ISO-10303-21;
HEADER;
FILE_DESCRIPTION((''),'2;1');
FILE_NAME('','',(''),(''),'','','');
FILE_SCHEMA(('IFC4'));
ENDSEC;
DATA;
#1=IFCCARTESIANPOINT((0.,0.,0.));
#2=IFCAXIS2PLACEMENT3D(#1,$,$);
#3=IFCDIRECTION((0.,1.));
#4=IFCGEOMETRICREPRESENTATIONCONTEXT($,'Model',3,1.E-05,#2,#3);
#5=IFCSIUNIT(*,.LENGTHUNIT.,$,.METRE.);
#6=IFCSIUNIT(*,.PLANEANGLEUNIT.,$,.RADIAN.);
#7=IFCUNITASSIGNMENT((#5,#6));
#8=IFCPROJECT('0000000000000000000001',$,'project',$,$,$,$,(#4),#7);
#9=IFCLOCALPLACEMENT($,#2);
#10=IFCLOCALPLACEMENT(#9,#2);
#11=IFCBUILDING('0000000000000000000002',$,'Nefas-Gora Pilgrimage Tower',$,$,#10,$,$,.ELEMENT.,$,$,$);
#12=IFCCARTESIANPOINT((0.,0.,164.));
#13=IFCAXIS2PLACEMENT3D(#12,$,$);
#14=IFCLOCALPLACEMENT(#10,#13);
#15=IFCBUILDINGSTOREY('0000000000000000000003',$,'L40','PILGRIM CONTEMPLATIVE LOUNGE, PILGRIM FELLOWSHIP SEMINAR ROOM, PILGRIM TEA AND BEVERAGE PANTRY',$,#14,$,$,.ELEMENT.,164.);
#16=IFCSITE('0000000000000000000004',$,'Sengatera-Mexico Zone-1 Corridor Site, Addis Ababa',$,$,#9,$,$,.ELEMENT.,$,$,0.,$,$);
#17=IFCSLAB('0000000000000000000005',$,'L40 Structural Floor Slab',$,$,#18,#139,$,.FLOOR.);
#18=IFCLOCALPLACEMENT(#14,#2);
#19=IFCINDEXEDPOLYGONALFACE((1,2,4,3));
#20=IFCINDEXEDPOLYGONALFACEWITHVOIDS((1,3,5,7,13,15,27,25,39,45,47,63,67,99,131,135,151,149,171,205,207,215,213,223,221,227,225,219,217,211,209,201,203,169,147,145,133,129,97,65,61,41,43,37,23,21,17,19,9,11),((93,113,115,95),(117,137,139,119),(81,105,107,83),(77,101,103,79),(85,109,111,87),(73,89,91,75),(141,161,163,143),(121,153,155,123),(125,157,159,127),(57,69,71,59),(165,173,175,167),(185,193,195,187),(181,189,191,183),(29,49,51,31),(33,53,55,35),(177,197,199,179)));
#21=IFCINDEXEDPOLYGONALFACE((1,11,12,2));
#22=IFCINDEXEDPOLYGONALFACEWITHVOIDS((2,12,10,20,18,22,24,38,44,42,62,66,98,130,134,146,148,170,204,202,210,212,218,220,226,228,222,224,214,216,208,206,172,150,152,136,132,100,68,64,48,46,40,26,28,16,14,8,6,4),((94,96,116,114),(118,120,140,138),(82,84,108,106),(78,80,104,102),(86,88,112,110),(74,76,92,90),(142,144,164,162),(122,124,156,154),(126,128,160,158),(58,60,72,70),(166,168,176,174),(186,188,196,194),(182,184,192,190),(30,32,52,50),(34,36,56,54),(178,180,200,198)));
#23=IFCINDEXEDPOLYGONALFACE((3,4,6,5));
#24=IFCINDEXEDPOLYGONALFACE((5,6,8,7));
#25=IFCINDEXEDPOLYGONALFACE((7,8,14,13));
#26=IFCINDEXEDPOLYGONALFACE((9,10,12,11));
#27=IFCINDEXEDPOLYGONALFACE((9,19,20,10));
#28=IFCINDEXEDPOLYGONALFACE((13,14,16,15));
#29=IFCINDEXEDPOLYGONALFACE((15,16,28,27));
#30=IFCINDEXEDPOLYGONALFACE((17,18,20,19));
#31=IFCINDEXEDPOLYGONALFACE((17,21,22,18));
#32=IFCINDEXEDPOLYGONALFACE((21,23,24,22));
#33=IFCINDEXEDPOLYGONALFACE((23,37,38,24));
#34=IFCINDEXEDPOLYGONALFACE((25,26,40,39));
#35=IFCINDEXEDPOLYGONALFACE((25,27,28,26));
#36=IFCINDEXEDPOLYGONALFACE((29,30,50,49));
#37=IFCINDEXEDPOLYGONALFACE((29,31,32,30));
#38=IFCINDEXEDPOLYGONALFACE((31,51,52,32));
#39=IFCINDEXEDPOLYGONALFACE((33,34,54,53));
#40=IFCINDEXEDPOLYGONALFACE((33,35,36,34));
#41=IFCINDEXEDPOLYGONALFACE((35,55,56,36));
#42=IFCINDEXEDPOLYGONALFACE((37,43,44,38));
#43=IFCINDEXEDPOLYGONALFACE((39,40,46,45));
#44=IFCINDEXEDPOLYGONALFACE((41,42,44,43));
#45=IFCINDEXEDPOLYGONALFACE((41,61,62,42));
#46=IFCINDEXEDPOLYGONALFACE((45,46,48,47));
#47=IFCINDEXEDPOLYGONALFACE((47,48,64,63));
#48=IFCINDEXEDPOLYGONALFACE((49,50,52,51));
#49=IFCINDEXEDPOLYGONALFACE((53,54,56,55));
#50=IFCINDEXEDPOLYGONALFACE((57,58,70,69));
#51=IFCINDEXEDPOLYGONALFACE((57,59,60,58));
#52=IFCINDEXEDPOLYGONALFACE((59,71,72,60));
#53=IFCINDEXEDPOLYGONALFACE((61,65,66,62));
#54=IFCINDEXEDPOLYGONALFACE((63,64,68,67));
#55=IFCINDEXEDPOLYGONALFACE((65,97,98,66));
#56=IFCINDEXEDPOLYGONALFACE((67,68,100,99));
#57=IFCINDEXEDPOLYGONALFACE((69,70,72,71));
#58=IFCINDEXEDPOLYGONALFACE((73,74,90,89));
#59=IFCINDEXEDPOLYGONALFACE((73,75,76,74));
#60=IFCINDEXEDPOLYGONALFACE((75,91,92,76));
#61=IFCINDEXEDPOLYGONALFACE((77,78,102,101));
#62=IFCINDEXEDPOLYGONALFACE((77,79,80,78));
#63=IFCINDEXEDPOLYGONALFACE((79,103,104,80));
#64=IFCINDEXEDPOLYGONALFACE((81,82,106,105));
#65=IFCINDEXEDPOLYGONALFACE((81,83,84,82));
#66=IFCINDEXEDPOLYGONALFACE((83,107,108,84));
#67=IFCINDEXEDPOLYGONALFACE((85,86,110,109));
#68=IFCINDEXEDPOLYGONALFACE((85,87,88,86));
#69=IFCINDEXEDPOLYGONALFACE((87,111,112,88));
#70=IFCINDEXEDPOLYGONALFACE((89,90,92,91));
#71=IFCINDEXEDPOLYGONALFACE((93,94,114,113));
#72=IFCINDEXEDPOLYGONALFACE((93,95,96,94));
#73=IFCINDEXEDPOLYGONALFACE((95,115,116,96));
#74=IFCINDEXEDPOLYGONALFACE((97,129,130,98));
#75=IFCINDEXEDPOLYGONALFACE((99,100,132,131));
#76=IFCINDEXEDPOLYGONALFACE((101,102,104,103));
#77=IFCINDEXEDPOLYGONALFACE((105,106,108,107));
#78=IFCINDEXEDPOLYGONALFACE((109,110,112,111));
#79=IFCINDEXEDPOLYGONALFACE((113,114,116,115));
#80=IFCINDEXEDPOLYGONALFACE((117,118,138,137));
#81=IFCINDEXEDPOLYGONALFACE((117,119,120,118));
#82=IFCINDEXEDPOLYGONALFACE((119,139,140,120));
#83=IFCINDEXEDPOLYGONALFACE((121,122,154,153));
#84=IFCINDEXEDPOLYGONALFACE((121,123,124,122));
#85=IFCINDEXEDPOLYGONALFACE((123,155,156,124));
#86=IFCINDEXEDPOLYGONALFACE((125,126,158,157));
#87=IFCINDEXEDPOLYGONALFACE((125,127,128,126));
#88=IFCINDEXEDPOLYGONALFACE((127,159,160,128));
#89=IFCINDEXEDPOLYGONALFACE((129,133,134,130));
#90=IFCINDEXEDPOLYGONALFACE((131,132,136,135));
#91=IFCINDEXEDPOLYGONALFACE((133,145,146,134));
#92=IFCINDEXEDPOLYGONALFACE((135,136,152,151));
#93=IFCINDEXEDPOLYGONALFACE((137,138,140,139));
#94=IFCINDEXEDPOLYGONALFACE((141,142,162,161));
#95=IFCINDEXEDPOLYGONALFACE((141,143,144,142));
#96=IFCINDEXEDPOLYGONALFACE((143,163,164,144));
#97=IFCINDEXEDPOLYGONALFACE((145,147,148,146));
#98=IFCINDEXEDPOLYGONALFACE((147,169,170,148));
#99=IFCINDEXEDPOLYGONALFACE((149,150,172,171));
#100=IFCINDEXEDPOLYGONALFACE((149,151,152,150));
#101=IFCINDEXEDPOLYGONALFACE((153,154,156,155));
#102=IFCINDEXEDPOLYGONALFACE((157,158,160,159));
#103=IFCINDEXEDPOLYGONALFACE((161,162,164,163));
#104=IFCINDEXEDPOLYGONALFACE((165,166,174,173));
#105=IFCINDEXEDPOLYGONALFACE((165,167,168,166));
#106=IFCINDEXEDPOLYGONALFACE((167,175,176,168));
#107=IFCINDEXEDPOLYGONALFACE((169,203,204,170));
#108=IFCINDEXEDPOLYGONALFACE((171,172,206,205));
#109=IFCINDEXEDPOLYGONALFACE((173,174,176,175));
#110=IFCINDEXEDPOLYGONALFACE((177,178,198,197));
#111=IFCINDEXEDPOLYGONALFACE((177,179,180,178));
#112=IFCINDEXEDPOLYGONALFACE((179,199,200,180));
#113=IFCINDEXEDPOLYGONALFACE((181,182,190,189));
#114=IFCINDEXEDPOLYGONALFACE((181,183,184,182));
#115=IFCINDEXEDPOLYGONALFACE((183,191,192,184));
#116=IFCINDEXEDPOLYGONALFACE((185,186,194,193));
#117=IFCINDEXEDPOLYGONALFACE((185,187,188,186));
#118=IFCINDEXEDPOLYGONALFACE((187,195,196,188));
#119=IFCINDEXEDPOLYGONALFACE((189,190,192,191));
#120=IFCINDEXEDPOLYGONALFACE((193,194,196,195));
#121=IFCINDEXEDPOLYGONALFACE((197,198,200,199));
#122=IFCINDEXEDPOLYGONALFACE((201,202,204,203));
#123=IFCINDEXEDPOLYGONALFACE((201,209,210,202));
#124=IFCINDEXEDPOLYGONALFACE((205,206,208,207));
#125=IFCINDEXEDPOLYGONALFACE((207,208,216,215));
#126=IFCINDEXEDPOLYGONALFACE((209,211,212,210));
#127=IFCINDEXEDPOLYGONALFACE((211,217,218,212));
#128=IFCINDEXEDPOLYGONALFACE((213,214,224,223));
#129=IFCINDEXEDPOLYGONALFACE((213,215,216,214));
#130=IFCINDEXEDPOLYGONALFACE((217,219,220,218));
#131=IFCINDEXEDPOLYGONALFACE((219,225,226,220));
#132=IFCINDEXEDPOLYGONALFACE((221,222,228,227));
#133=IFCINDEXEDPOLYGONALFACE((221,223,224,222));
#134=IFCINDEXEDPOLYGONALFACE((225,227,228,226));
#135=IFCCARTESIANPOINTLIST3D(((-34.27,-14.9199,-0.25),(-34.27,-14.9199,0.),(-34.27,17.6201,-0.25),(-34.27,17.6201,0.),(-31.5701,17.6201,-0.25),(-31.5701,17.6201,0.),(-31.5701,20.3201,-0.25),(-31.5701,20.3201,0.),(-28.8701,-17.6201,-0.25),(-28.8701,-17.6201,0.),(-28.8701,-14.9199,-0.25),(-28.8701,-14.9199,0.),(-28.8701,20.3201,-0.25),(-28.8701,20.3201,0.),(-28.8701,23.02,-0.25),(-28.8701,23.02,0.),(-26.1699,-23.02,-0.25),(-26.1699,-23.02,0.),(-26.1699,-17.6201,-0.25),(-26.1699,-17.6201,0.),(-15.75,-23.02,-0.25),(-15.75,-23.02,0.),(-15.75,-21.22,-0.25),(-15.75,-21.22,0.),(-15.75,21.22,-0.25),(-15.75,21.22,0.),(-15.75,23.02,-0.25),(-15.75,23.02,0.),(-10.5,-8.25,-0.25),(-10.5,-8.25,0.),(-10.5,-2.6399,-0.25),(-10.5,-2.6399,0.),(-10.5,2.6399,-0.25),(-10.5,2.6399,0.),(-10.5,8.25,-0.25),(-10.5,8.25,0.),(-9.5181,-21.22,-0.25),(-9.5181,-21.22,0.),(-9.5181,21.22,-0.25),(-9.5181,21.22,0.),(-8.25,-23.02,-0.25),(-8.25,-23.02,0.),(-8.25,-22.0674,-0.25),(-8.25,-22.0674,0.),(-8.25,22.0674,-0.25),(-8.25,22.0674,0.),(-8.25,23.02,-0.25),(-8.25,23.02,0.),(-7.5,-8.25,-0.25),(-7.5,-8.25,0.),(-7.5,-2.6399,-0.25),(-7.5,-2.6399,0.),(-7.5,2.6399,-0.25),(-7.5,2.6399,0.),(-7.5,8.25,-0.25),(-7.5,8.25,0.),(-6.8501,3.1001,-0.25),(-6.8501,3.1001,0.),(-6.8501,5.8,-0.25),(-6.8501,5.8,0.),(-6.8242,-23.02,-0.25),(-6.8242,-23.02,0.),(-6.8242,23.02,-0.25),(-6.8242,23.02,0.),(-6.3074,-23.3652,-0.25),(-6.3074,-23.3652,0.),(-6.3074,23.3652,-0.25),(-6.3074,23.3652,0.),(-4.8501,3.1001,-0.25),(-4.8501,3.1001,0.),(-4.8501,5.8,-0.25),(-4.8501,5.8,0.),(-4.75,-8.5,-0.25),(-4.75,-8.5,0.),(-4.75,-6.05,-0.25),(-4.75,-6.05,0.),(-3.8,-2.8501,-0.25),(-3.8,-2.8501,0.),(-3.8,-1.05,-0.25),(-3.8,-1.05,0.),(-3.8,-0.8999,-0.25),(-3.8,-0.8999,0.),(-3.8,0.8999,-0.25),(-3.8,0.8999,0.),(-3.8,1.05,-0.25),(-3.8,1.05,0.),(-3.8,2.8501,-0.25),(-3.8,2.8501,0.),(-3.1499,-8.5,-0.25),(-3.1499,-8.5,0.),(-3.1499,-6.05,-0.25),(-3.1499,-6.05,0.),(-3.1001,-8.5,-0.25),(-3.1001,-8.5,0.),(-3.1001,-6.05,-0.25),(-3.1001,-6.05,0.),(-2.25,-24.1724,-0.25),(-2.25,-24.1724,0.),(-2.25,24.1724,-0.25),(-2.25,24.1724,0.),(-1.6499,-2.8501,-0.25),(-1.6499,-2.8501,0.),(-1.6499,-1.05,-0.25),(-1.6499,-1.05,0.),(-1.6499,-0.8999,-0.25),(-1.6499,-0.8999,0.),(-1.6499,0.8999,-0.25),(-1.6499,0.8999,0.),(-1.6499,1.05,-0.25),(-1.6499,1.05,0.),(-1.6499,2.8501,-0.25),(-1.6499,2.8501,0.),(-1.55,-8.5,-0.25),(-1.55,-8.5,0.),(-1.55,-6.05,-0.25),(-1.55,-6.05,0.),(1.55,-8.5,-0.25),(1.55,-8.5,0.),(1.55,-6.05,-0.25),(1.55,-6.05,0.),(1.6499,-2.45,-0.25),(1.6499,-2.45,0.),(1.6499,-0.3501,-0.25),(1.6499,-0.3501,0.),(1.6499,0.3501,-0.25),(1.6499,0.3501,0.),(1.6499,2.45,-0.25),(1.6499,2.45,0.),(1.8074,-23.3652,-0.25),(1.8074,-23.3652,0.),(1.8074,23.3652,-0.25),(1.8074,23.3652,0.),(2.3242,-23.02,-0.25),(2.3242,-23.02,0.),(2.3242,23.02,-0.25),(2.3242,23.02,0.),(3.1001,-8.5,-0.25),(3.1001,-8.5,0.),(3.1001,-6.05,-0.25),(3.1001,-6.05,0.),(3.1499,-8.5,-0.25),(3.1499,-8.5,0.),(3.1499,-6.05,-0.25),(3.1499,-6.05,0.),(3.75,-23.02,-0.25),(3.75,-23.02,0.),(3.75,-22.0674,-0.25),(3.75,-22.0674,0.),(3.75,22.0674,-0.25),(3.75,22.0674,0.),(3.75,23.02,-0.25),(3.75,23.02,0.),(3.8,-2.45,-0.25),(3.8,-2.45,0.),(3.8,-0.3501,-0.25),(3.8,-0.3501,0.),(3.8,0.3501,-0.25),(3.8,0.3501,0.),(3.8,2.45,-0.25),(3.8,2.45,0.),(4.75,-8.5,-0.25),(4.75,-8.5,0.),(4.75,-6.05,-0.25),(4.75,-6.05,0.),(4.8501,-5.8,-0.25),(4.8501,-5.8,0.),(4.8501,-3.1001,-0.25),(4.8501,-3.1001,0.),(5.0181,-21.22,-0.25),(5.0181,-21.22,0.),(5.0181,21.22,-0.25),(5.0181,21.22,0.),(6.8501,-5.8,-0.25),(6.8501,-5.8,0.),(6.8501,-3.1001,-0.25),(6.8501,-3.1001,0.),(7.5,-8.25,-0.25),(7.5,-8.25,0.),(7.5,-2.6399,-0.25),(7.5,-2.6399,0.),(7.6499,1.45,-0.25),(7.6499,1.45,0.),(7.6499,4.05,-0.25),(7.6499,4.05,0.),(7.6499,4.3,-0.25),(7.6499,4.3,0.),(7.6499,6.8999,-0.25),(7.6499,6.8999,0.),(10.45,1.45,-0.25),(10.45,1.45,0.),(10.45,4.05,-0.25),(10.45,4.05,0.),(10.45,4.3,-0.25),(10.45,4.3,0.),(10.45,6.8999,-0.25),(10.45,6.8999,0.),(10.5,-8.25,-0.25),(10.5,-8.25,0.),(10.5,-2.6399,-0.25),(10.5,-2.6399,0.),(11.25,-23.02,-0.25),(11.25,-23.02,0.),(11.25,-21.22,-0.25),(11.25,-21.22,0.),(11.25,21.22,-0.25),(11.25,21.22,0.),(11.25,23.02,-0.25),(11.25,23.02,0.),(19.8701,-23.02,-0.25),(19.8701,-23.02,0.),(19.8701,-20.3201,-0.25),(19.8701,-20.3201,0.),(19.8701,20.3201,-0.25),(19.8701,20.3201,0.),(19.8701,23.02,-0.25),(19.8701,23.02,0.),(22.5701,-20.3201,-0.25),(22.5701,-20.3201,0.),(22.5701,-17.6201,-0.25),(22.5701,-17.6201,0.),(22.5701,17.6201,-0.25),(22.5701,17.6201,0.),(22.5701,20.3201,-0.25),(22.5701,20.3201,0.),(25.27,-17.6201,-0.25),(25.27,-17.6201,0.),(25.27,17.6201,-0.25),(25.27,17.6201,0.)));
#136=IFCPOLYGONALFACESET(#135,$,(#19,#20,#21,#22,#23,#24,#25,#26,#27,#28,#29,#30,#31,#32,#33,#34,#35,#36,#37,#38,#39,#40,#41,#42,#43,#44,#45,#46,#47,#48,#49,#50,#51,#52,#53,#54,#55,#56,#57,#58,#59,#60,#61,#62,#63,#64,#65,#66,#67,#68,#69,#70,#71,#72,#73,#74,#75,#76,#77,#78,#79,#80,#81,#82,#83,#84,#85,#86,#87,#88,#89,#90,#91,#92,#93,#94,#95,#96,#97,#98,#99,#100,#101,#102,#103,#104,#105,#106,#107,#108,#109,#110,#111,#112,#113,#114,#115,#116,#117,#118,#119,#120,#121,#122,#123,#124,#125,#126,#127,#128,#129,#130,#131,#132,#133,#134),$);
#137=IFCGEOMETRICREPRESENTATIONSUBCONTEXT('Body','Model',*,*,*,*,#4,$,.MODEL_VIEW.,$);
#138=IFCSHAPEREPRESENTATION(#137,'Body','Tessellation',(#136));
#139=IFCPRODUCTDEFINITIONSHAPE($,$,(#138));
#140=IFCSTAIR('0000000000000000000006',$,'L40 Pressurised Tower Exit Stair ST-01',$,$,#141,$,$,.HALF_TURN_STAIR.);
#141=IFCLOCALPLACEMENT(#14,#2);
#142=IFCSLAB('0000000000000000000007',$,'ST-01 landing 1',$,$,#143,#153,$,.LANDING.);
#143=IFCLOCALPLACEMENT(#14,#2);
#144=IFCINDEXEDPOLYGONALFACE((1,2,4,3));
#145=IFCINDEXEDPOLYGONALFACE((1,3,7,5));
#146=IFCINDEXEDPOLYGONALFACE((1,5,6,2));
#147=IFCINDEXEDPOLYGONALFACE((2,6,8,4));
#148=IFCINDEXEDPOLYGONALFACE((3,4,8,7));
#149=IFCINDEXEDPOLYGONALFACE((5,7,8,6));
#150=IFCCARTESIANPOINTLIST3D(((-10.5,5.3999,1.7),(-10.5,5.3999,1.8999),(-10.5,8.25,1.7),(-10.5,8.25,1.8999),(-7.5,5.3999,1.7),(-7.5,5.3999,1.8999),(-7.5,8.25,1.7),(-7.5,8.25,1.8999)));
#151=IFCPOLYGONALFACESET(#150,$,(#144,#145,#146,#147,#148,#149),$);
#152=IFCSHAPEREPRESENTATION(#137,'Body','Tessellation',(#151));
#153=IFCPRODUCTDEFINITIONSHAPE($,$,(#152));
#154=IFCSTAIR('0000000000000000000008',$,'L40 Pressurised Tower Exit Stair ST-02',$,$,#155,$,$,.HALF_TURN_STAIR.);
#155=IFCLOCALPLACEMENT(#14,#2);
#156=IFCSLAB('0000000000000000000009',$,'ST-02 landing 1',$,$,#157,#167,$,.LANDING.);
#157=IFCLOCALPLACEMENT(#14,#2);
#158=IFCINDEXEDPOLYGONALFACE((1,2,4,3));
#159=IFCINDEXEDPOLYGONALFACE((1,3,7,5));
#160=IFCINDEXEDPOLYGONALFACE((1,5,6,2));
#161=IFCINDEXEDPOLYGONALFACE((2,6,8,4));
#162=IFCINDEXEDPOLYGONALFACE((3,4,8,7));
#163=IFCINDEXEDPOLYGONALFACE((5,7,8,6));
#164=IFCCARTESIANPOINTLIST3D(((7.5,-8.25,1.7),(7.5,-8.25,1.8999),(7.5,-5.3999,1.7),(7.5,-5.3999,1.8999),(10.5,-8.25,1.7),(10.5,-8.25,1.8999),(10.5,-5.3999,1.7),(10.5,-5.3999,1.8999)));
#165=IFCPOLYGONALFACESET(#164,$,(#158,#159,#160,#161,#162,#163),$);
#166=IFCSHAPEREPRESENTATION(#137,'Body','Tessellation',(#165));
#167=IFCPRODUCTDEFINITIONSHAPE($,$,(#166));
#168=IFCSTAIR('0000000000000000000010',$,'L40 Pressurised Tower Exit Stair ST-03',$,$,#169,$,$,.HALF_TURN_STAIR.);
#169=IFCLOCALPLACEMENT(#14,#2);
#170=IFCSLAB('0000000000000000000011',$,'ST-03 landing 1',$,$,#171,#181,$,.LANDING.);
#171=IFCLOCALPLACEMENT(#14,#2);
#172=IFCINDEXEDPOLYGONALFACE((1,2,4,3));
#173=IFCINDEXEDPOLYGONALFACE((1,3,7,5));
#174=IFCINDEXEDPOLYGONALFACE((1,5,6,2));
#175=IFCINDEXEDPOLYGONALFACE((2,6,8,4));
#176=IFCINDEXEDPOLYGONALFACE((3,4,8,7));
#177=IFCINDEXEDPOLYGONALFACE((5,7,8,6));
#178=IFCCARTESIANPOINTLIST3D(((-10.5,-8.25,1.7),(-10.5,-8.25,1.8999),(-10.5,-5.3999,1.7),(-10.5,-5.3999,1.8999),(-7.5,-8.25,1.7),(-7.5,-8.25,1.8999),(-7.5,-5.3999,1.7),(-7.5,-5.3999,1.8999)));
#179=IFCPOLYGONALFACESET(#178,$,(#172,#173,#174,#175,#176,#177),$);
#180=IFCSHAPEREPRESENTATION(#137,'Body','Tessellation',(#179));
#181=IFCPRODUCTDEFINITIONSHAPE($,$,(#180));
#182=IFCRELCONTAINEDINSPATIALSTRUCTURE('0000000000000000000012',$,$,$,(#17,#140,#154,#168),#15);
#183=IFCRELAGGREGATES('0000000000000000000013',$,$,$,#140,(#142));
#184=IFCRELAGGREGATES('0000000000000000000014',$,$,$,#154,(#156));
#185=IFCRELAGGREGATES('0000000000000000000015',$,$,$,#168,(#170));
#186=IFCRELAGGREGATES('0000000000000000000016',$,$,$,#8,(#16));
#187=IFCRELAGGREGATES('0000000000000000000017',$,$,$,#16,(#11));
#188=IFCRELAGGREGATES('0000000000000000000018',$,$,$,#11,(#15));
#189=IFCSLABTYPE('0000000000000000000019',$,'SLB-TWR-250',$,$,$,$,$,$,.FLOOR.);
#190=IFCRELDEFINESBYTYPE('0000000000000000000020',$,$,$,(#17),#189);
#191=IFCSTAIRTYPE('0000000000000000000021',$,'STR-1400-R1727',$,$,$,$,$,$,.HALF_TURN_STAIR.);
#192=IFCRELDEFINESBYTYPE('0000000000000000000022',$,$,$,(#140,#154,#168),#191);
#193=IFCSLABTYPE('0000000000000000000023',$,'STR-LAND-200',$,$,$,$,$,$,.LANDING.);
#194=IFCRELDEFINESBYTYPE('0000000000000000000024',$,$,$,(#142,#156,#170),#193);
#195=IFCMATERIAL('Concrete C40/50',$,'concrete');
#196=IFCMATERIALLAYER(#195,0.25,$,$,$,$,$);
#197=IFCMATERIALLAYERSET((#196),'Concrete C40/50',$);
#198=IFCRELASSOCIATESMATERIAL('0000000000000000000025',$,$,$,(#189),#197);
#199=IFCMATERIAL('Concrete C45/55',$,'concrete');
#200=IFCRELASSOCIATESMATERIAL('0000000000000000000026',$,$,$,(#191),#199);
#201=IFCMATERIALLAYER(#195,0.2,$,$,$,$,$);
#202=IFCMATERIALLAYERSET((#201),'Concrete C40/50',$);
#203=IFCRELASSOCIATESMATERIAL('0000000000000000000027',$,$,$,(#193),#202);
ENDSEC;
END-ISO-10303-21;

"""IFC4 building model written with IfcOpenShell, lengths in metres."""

from ifc_helpers import new_model, si_unit, direction, frame, origin, place, context, subcontext, project, spatial, polyline, outline, extrude, material, layer, layer_set, type_object, element, aggregate, save


model = new_model("IFC4")

# Units and contexts
model_context = context("Model", 3, precision=1e-05, world=origin(), true_north=direction((0.0, 1.0)))
body_context = subcontext(model_context, "Body", "Model", "MODEL_VIEW")
ifc_project = project(units=[si_unit("LENGTHUNIT", "METRE"), si_unit("PLANEANGLEUNIT", "RADIAN")], contexts=[model_context])

# Site, building, storey
site_placement = place(None, origin())
site = spatial("IfcSite", under=ifc_project, at=site_placement, Name="Sengatera-Mexico Zone-1 Corridor Site, Addis Ababa", CompositionType="ELEMENT", RefElevation=0.0)
building_placement = place(site_placement, origin())
building = spatial("IfcBuilding", under=site, at=building_placement, Name="Nefas-Gora Pilgrimage Tower", CompositionType="ELEMENT")
storey_placement = place(building_placement, frame((0.0, 0.0, 164.0)))
storey = spatial("IfcBuildingStorey", under=building, at=storey_placement, Name="L40", Description="PILGRIM CONTEMPLATIVE LOUNGE, PILGRIM FELLOWSHIP SEMINAR ROOM, PILGRIM TEA AND BEVERAGE PANTRY", CompositionType="ELEMENT", Elevation=164.0)

# Slab
ifc_material_1 = material(Name="Concrete C40/50", Category="concrete")
ifc_layer_1 = layer(ifc_material_1, 0.25)
ifc_layer_set_1 = layer_set([ifc_layer_1], Name="Concrete C40/50")
slab_type_1 = type_object("IfcSlabType", Name="SLB-TWR-250", PredefinedType="FLOOR", material=ifc_layer_set_1)
slab_1_placement = place(storey_placement, frame((0.0, 0.0, -0.25)))
element("IfcSlab", 1, at=slab_1_placement, inside=storey, type_object=slab_type_1, Name="L40 Structural Floor Slab", PredefinedType="FLOOR", context=body_context, shape_type="SweptSolid", body=[
    extrude(outline(polyline([(5.0181, -21.22), (11.25, -21.22), (11.25, -23.02), (19.8701, -23.02), (19.8701, -20.3201), (22.5701, -20.3201), (22.5701, -17.6201), (25.27, -17.6201), (25.27, 17.6201), (22.5701, 17.6201), (22.5701, 20.3201), (19.8701, 20.3201), (19.8701, 23.02), (11.25, 23.02), (11.25, 21.22), (5.0181, 21.22), (3.75, 22.0674), (3.75, 23.02), (2.3242, 23.02), (1.8074, 23.3652), (-2.25, 24.1724), (-6.3074, 23.3652), (-6.8242, 23.02), (-8.25, 23.02), (-8.25, 22.0674), (-9.5181, 21.22), (-15.75, 21.22), (-15.75, 23.02), (-28.8701, 23.02), (-28.8701, 20.3201), (-31.5701, 20.3201), (-31.5701, 17.6201), (-34.27, 17.6201), (-34.27, -14.9199), (-28.8701, -14.9199), (-28.8701, -17.6201), (-26.1699, -17.6201), (-26.1699, -23.02), (-15.75, -23.02), (-15.75, -21.22), (-9.5181, -21.22), (-8.25, -22.0674), (-8.25, -23.02), (-6.8242, -23.02), (-6.3074, -23.3652), (-2.25, -24.1724), (1.8074, -23.3652), (2.3242, -23.02), (3.75, -23.02), (3.75, -22.0674), (5.0181, -21.22)]), holes=[polyline([(-10.5, 2.6399), (-10.5, 8.25), (-7.5, 8.25), (-7.5, 2.6399), (-10.5, 2.6399)]), polyline([(10.5, -2.6399), (10.5, -8.25), (7.5, -8.25), (7.5, -2.6399), (10.5, -2.6399)]), polyline([(-7.5, -2.6399), (-7.5, -8.25), (-10.5, -8.25), (-10.5, -2.6399), (-7.5, -2.6399)]), polyline([(-6.8501, 5.8), (-4.8501, 5.8), (-4.8501, 3.1001), (-6.8501, 3.1001), (-6.8501, 5.8)]), polyline([(4.8501, -3.1001), (6.8501, -3.1001), (6.8501, -5.8), (4.8501, -5.8), (4.8501, -3.1001)]), polyline([(7.6499, 4.05), (10.45, 4.05), (10.45, 1.45), (7.6499, 1.45), (7.6499, 4.05)]), polyline([(7.6499, 6.8999), (10.45, 6.8999), (10.45, 4.3), (7.6499, 4.3), (7.6499, 6.8999)]), polyline([(-4.75, -6.05), (-3.1499, -6.05), (-3.1499, -8.5), (-4.75, -8.5), (-4.75, -6.05)]), polyline([(-3.1001, -6.05), (-1.55, -6.05), (-1.55, -8.5), (-3.1001, -8.5), (-3.1001, -6.05)]), polyline([(1.55, -6.05), (3.1001, -6.05), (3.1001, -8.5), (1.55, -8.5), (1.55, -6.05)]), polyline([(3.1499, -6.05), (4.75, -6.05), (4.75, -8.5), (3.1499, -8.5), (3.1499, -6.05)]), polyline([(-3.8, -1.05), (-1.6499, -1.05), (-1.6499, -2.8501), (-3.8, -2.8501), (-3.8, -1.05)]), polyline([(-3.8, 0.8999), (-1.6499, 0.8999), (-1.6499, -0.8999), (-3.8, -0.8999), (-3.8, 0.8999)]), polyline([(-3.8, 2.8501), (-1.6499, 2.8501), (-1.6499, 1.05), (-3.8, 1.05), (-3.8, 2.8501)]), polyline([(1.6499, -0.3501), (3.8, -0.3501), (3.8, -2.45), (1.6499, -2.45), (1.6499, -0.3501)]), polyline([(1.6499, 2.45), (3.8, 2.45), (3.8, 0.3501), (1.6499, 0.3501), (1.6499, 2.45)])]), origin(), (0.0, 0.0, 1.0), 0.25),
])

# Stairs, slabs
ifc_material_2 = material(Name="Concrete C45/55", Category="concrete")
stair_type = type_object("IfcStairType", Name="STR-1400-R1727", PredefinedType="HALF_TURN_STAIR", material=ifc_material_2)
stair_1_placement = place(storey_placement, origin())
stair_1 = element("IfcStair", 2, at=stair_1_placement, inside=storey, type_object=stair_type, Name="L40 Pressurised Tower Exit Stair ST-01", PredefinedType="HALF_TURN_STAIR")
ifc_layer_2 = layer(ifc_material_1, 0.2)
ifc_layer_set_2 = layer_set([ifc_layer_2], Name="Concrete C40/50")
slab_type_2 = type_object("IfcSlabType", Name="STR-LAND-200", PredefinedType="LANDING", material=ifc_layer_set_2)
slab_2_placement = place(storey_placement, frame((0.0, 0.0, 1.7)))
slab_2 = element("IfcSlab", 3, at=slab_2_placement, type_object=slab_type_2, Name="ST-01 landing 1", PredefinedType="LANDING", context=body_context, shape_type="SweptSolid", body=[
    extrude(outline(polyline([(-7.5, 5.3999), (-7.5, 8.25), (-10.5, 8.25), (-10.5, 5.3999), (-7.5, 5.3999)])), origin(), (0.0, 0.0, 1.0), 0.2),
])
aggregate(stair_1, [slab_2])
stair_2_placement = place(storey_placement, origin())
stair_2 = element("IfcStair", 4, at=stair_2_placement, inside=storey, type_object=stair_type, Name="L40 Pressurised Tower Exit Stair ST-02", PredefinedType="HALF_TURN_STAIR")
slab_3_placement = place(storey_placement, frame((0.0, 0.0, 1.7)))
slab_3 = element("IfcSlab", 5, at=slab_3_placement, type_object=slab_type_2, Name="ST-02 landing 1", PredefinedType="LANDING", context=body_context, shape_type="SweptSolid", body=[
    extrude(outline(polyline([(7.5, -5.3999), (7.5, -8.25), (10.5, -8.25), (10.5, -5.3999), (7.5, -5.3999)])), origin(), (0.0, 0.0, 1.0), 0.2),
])
aggregate(stair_2, [slab_3])
stair_3_placement = place(storey_placement, origin())
stair_3 = element("IfcStair", 6, at=stair_3_placement, inside=storey, type_object=stair_type, Name="L40 Pressurised Tower Exit Stair ST-03", PredefinedType="HALF_TURN_STAIR")
slab_4_placement = place(storey_placement, frame((0.0, 0.0, 1.7)))
slab_4 = element("IfcSlab", 7, at=slab_4_placement, type_object=slab_type_2, Name="ST-03 landing 1", PredefinedType="LANDING", context=body_context, shape_type="SweptSolid", body=[
    extrude(outline(polyline([(-10.5, -5.3999), (-10.5, -8.25), (-7.5, -8.25), (-7.5, -5.3999), (-10.5, -5.3999)])), origin(), (0.0, 0.0, 1.0), 0.2),
])
aggregate(stair_3, [slab_4])

save(model, "model.ifc")
